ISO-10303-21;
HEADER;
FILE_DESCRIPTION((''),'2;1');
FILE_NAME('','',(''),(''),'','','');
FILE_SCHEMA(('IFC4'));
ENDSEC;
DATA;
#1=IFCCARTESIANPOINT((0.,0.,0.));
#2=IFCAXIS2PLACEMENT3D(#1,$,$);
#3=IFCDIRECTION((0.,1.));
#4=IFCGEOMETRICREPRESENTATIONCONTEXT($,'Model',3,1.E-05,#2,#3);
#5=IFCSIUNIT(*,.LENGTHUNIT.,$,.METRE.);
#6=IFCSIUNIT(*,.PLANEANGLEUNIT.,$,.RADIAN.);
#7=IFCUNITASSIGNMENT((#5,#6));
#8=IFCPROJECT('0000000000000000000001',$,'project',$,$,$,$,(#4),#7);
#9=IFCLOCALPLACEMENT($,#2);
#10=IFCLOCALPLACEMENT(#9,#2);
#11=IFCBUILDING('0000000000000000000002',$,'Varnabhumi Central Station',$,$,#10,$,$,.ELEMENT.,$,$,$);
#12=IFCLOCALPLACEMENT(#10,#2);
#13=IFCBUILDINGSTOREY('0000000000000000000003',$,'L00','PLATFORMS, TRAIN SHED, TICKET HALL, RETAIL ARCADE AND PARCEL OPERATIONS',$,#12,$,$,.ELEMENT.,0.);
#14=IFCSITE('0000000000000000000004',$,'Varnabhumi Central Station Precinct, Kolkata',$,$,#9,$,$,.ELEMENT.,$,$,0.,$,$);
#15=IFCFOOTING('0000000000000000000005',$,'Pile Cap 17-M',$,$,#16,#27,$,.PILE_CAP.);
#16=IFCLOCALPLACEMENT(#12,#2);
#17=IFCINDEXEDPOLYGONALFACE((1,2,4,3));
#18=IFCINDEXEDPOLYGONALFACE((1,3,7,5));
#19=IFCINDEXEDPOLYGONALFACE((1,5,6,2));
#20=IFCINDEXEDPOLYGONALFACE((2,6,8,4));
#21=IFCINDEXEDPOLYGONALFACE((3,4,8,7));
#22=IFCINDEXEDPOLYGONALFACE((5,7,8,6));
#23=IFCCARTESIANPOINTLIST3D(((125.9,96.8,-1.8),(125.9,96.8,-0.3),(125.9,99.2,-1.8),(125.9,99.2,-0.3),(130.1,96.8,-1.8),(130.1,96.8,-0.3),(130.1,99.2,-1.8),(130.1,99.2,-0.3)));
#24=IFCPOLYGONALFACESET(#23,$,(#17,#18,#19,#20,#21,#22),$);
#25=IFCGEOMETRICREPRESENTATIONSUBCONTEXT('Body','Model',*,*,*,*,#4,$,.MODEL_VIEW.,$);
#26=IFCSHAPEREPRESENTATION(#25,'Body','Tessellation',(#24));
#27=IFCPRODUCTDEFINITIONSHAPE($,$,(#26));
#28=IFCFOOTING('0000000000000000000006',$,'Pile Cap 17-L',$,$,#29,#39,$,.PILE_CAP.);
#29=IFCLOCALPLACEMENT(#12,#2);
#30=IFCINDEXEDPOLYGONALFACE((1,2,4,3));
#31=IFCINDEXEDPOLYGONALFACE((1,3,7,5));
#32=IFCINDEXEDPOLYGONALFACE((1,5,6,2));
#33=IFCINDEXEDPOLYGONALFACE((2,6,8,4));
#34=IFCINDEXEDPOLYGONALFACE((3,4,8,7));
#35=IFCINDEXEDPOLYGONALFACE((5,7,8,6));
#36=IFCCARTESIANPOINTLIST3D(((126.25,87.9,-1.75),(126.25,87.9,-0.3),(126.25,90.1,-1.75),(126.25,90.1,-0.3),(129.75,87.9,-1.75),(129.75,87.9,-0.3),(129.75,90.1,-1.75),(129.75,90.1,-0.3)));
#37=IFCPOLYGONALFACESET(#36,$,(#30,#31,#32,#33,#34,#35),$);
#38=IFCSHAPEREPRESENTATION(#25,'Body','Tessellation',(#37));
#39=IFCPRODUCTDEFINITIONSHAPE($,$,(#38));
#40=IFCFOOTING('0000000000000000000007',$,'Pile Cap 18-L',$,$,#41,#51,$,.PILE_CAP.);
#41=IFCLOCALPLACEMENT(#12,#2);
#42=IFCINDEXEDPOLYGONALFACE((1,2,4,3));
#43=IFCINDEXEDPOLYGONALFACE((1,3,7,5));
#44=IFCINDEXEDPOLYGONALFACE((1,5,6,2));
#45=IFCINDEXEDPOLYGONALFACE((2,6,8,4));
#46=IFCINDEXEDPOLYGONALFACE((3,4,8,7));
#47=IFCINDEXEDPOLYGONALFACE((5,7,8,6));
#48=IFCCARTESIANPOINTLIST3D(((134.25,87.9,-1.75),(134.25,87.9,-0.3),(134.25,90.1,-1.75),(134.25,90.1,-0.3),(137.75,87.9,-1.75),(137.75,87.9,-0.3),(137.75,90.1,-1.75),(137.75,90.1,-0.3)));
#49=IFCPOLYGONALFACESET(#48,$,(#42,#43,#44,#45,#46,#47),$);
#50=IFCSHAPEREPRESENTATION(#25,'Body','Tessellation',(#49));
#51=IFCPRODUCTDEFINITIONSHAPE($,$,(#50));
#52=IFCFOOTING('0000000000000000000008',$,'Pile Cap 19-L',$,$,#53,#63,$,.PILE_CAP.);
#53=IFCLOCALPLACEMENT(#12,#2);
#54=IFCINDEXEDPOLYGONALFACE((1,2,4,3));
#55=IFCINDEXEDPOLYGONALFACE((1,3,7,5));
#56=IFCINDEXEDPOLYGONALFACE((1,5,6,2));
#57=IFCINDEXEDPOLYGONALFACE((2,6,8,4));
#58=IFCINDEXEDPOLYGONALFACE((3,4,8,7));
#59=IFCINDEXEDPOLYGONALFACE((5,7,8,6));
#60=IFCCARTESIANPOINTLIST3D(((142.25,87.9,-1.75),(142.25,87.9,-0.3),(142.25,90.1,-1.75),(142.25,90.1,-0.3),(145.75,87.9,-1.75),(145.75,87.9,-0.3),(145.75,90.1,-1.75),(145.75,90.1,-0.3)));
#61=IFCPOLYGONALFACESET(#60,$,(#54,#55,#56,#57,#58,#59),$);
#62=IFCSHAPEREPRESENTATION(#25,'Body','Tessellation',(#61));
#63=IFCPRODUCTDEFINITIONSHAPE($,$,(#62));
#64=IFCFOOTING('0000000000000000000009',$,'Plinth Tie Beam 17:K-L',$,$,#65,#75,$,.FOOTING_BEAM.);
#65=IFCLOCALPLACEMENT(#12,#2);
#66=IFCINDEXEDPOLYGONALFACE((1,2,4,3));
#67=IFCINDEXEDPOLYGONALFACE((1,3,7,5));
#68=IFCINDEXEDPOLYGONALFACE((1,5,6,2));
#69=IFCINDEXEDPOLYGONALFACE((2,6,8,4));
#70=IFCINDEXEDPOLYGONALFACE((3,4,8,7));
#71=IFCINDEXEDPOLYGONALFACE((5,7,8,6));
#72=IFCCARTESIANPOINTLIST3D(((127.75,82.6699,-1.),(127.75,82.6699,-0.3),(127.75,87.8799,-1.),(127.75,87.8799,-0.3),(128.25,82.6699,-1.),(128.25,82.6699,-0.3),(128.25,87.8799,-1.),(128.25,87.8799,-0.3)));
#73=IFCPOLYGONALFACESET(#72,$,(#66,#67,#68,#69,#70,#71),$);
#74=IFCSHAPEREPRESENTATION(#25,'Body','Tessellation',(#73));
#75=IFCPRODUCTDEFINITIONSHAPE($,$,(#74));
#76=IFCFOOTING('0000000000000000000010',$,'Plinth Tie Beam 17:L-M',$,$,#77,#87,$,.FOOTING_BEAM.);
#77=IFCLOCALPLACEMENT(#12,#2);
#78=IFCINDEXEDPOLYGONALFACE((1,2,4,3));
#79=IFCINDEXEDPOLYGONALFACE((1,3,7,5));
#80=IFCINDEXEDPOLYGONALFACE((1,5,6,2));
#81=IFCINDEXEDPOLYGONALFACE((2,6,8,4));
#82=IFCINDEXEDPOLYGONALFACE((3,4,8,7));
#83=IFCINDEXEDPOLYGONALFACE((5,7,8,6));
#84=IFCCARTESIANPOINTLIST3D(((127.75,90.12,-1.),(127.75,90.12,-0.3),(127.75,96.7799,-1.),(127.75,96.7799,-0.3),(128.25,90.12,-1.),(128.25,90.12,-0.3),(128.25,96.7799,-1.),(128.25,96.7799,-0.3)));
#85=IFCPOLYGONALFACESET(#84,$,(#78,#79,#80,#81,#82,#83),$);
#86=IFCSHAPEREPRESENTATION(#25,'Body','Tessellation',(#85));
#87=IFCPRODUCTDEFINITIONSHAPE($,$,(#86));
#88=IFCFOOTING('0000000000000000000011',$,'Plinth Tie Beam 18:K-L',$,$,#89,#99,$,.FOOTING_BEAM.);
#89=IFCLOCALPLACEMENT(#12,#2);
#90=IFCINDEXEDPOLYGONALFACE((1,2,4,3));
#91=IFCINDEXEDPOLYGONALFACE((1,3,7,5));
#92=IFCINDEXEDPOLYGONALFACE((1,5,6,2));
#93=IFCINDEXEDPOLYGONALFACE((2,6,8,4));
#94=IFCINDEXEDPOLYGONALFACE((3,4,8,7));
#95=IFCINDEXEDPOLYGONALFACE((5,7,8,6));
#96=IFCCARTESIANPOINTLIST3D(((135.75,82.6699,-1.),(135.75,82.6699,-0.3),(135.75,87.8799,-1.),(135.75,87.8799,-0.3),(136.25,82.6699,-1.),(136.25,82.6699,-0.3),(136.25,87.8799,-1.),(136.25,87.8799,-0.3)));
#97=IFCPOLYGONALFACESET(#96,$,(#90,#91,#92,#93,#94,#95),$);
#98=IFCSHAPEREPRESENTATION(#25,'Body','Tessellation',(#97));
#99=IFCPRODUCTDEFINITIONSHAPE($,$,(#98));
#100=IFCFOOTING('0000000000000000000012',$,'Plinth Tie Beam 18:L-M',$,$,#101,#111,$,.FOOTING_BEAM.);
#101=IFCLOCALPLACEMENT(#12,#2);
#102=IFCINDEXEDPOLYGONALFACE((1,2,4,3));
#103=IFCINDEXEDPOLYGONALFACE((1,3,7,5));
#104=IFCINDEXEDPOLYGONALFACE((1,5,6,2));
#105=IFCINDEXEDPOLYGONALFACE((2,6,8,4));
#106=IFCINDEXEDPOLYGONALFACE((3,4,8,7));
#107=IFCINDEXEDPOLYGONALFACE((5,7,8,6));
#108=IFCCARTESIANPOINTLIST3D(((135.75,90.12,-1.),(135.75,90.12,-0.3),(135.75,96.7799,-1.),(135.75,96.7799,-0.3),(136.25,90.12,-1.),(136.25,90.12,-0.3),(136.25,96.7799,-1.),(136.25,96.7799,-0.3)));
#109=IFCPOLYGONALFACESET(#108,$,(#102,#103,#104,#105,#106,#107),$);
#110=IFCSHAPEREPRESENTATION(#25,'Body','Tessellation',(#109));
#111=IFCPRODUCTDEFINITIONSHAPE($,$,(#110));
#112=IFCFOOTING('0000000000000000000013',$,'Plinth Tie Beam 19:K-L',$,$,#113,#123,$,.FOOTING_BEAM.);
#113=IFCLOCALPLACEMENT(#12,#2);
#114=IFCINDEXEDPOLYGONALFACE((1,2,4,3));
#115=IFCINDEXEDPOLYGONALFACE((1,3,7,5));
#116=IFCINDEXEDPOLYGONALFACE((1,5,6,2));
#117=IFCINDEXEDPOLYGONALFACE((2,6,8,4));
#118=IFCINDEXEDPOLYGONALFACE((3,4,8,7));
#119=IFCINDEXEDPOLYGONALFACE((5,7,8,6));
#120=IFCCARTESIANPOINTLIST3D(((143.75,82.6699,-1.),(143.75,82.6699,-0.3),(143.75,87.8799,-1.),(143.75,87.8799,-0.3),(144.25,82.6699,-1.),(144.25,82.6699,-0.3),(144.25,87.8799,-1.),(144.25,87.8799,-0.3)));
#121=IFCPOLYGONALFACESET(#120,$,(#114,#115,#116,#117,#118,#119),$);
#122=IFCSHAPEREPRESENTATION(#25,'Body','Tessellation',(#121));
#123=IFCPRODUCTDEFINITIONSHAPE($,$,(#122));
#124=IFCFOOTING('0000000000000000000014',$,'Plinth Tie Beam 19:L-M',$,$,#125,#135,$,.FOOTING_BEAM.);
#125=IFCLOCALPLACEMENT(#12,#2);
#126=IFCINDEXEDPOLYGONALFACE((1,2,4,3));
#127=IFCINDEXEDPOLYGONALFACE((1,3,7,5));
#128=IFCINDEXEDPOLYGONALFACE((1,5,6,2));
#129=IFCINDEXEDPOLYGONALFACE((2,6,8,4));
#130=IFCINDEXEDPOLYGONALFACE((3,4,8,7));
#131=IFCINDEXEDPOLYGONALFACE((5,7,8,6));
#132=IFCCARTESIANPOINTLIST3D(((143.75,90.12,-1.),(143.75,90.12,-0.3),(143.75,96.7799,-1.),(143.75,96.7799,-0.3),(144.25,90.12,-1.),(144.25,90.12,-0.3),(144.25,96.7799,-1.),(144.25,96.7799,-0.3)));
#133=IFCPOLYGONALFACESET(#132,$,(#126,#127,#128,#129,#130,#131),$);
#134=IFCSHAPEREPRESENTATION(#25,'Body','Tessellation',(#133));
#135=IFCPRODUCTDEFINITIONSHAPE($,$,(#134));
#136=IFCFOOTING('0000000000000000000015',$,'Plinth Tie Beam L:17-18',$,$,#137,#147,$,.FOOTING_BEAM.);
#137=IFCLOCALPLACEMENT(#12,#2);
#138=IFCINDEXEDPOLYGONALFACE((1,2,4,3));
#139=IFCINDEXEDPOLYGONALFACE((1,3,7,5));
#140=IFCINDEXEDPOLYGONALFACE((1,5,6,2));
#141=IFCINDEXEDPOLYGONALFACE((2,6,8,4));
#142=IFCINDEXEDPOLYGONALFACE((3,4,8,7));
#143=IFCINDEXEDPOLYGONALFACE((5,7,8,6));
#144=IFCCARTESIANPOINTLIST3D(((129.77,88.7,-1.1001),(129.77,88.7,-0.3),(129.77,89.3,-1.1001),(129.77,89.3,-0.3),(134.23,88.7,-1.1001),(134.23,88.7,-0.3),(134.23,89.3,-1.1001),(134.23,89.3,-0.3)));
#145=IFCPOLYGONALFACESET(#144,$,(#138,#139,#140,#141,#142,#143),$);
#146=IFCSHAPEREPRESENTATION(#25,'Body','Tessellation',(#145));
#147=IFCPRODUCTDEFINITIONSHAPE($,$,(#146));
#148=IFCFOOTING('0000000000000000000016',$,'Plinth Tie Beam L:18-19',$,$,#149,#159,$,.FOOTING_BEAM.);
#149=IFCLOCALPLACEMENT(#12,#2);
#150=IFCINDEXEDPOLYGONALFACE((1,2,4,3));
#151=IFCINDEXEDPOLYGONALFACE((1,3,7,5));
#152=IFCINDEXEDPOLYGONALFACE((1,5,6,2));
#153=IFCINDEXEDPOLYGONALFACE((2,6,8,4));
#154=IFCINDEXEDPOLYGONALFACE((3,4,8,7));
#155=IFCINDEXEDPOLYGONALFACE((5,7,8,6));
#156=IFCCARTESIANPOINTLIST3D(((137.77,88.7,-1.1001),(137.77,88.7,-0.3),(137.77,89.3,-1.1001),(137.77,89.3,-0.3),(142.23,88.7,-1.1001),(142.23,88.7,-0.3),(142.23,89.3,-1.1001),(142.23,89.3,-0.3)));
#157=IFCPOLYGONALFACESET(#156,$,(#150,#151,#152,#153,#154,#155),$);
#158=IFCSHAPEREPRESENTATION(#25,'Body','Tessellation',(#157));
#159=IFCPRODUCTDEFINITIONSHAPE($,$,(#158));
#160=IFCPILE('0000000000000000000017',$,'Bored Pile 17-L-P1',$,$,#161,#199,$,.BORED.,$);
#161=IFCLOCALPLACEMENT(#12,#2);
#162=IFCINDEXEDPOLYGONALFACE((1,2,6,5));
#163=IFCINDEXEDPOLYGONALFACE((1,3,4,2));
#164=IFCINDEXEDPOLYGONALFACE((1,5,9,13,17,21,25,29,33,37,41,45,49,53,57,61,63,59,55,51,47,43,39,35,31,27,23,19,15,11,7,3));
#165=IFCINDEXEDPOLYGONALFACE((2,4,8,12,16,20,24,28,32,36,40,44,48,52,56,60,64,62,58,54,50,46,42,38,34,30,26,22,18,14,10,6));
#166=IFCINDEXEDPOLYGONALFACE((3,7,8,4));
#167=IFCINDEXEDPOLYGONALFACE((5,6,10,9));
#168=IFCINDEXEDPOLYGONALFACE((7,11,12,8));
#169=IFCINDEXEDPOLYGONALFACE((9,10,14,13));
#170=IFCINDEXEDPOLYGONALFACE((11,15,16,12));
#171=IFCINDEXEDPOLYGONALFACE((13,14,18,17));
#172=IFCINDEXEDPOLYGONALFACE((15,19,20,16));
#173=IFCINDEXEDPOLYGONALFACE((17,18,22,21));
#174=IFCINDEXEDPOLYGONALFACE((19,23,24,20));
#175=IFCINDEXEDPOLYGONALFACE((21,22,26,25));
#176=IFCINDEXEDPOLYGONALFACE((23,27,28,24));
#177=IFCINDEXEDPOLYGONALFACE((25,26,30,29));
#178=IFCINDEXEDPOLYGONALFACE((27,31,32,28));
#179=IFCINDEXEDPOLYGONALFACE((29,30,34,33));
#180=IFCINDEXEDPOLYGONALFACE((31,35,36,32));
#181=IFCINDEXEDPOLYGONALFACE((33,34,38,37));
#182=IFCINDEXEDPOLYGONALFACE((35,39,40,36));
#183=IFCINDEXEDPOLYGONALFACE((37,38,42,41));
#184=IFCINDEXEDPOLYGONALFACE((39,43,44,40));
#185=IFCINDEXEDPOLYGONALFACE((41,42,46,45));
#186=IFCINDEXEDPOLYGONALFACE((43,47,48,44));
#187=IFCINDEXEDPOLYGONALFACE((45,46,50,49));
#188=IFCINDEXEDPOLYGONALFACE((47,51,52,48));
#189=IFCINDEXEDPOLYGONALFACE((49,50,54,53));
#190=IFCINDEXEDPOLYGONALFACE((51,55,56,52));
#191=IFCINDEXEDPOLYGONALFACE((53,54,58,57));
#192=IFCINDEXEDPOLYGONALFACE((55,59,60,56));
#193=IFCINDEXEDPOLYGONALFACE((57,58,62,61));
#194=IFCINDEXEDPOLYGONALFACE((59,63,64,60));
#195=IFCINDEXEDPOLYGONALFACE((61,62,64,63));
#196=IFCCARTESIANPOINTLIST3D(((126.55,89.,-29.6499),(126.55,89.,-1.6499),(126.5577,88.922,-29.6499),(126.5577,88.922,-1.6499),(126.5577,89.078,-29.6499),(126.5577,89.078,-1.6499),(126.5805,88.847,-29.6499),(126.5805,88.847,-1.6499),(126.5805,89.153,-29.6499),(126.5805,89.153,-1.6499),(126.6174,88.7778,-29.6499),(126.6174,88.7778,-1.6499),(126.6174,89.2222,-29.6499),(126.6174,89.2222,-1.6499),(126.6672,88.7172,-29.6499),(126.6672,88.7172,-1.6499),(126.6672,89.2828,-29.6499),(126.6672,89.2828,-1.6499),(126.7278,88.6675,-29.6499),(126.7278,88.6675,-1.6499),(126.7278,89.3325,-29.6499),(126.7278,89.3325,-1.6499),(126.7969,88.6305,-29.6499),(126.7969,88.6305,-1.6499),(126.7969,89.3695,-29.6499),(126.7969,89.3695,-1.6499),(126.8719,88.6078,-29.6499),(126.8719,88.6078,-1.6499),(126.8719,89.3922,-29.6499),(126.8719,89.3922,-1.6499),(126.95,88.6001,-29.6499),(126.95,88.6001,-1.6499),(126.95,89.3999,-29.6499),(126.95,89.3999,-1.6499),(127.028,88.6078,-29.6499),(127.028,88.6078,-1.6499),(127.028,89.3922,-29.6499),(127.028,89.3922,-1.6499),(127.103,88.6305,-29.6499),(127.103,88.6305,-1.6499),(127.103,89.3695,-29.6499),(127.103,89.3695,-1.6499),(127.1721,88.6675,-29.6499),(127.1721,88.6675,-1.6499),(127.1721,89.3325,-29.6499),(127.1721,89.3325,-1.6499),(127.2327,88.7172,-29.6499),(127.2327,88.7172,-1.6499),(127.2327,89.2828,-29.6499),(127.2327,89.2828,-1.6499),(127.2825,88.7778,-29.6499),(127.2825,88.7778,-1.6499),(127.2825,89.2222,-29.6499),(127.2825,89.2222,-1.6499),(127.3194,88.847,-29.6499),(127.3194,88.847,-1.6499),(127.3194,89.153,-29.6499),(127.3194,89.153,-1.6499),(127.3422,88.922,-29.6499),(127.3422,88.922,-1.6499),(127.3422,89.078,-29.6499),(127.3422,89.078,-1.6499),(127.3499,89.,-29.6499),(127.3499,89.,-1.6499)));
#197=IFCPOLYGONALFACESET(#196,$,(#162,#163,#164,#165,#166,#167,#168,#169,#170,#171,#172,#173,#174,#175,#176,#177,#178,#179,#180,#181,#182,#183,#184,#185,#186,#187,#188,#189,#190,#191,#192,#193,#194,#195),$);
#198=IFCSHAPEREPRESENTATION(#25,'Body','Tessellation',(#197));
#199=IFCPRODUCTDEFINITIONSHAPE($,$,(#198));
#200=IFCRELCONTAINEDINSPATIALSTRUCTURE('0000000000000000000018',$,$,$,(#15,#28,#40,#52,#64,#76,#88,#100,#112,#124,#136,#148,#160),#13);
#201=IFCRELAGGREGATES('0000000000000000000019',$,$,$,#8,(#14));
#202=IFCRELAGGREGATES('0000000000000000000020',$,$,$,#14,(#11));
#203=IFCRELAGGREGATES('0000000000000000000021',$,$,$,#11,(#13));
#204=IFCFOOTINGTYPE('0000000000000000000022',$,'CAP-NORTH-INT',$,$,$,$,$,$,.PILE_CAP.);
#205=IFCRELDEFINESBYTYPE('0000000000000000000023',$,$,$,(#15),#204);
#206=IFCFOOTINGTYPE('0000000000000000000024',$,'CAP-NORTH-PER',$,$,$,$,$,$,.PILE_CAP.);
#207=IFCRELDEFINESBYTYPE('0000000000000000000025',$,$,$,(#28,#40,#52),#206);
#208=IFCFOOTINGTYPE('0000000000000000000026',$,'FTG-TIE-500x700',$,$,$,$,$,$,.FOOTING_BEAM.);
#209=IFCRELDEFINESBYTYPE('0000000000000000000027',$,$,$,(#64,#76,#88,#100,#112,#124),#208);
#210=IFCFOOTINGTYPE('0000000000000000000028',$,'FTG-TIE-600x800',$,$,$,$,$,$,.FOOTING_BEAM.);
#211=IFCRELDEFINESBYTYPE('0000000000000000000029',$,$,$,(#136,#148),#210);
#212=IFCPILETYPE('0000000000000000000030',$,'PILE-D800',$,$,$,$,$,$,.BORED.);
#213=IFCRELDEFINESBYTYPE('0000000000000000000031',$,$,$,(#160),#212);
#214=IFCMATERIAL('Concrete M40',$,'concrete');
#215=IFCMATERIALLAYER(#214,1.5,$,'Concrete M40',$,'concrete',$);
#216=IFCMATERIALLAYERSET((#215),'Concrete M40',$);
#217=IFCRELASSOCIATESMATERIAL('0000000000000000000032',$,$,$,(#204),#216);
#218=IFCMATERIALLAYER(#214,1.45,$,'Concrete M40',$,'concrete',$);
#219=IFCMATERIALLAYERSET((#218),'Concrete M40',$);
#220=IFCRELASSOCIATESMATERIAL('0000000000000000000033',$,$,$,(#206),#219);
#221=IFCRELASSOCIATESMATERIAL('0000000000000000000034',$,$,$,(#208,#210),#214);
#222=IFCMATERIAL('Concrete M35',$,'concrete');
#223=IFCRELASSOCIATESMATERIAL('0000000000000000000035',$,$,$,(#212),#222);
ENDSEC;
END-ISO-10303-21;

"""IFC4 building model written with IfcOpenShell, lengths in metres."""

from ifc_helpers import new_model, si_unit, direction, frame, origin, origin_2d, place, context, subcontext, project, spatial, rectangle, circle, extrude, material, layer, layer_set, material_profile, profile_set, type_object, element, save


model = new_model("IFC4")

# Units and contexts
model_context = context("Model", 3, precision=1e-05, world=origin(), true_north=direction((0.0, 1.0)))
body_context = subcontext(model_context, "Body", "Model", "MODEL_VIEW")
ifc_project = project(units=[si_unit("LENGTHUNIT", "METRE"), si_unit("PLANEANGLEUNIT", "RADIAN")], contexts=[model_context])

# Site, building, storey
site_placement = place(None, origin())
site = spatial("IfcSite", under=ifc_project, at=site_placement, Name="Varnabhumi Central Station Precinct, Kolkata", CompositionType="ELEMENT", RefElevation=0.0)
building_placement = place(site_placement, origin())
building = spatial("IfcBuilding", under=site, at=building_placement, Name="Varnabhumi Central Station", CompositionType="ELEMENT")
storey_placement = place(building_placement, origin())
storey = spatial("IfcBuildingStorey", under=building, at=storey_placement, Name="L00", Description="PLATFORMS, TRAIN SHED, TICKET HALL, RETAIL ARCADE AND PARCEL OPERATIONS", CompositionType="ELEMENT", Elevation=0.0)

# Footings
ifc_material_1 = material(Name="Concrete M40", Category="concrete")
ifc_layer_1 = layer(ifc_material_1, 1.5, Name="Concrete M40", Category="concrete")
ifc_layer_set_1 = layer_set([ifc_layer_1], Name="Concrete M40")
footing_type_1 = type_object("IfcFootingType", Name="CAP-NORTH-INT", PredefinedType="PILE_CAP", material=ifc_layer_set_1)
footing_1_placement = place(storey_placement, frame((128.0, 98.0, -1.8), z_axis=(0.0, 0.0, 1.0), x_axis=(1.0, 0.0, 0.0)))
element("IfcFooting", 1, at=footing_1_placement, inside=storey, type_object=footing_type_1, Name="Pile Cap 17-M", PredefinedType="PILE_CAP", context=body_context, shape_type="SweptSolid", body=[
    extrude(rectangle(XDim=4.2, YDim=2.3999, at=origin_2d()), origin(), (0.0, 0.0, 1.0), 1.5),
])
ifc_layer_2 = layer(ifc_material_1, 1.45, Name="Concrete M40", Category="concrete")
ifc_layer_set_2 = layer_set([ifc_layer_2], Name="Concrete M40")
footing_type_2 = type_object("IfcFootingType", Name="CAP-NORTH-PER", PredefinedType="PILE_CAP", material=ifc_layer_set_2)
for number, where, z_axis, x_axis, name in (
    (2, (128.0, 89.0, -1.75), (0.0, 0.0, 1.0), (1.0, 0.0, 0.0), "Pile Cap 17-L"),
    (3, (136.0, 89.0, -1.75), (0.0, 0.0, 1.0), (1.0, 0.0, 0.0), "Pile Cap 18-L"),
    (4, (144.0, 89.0, -1.75), (0.0, 0.0, 1.0), (1.0, 0.0, 0.0), "Pile Cap 19-L"),
):
    element("IfcFooting", number, at=place(storey_placement, frame(where, z_axis=z_axis, x_axis=x_axis)), inside=storey, type_object=footing_type_2, Name=name, PredefinedType="PILE_CAP", context=body_context, shape_type="SweptSolid", body=[
        extrude(rectangle(XDim=3.5, YDim=2.2, at=origin_2d()), origin(), (0.0, 0.0, 1.0), 1.45),
    ])
footing_type_3 = type_object("IfcFootingType", Name="FTG-TIE-500x700", PredefinedType="FOOTING_BEAM", material=ifc_material_1)
footing_2_placement = place(storey_placement, frame((128.0, 85.2749, -1.0), z_axis=(0.0, 0.0, 1.0), x_axis=(1.0, 0.0, 0.0)))
element("IfcFooting", 5, at=footing_2_placement, inside=storey, type_object=footing_type_3, Name="Plinth Tie Beam 17:K-L", PredefinedType="FOOTING_BEAM", context=body_context, shape_type="SweptSolid", body=[
    extrude(rectangle(XDim=0.5, YDim=5.21, at=origin_2d()), origin(), (0.0, 0.0, 1.0), 0.7),
])
footing_3_placement = place(storey_placement, frame((128.0, 93.45, -1.0), z_axis=(0.0, 0.0, 1.0), x_axis=(1.0, 0.0, 0.0)))
element("IfcFooting", 6, at=footing_3_placement, inside=storey, type_object=footing_type_3, Name="Plinth Tie Beam 17:L-M", PredefinedType="FOOTING_BEAM", context=body_context, shape_type="SweptSolid", body=[
    extrude(rectangle(XDim=0.5, YDim=6.6599, at=origin_2d()), origin(), (0.0, 0.0, 1.0), 0.7),
])
footing_4_placement = place(storey_placement, frame((136.0, 85.2749, -1.0), z_axis=(0.0, 0.0, 1.0), x_axis=(1.0, 0.0, 0.0)))
element("IfcFooting", 7, at=footing_4_placement, inside=storey, type_object=footing_type_3, Name="Plinth Tie Beam 18:K-L", PredefinedType="FOOTING_BEAM", context=body_context, shape_type="SweptSolid", body=[
    extrude(rectangle(XDim=0.5, YDim=5.21, at=origin_2d()), origin(), (0.0, 0.0, 1.0), 0.7),
])
footing_5_placement = place(storey_placement, frame((136.0, 93.45, -1.0), z_axis=(0.0, 0.0, 1.0), x_axis=(1.0, 0.0, 0.0)))
element("IfcFooting", 8, at=footing_5_placement, inside=storey, type_object=footing_type_3, Name="Plinth Tie Beam 18:L-M", PredefinedType="FOOTING_BEAM", context=body_context, shape_type="SweptSolid", body=[
    extrude(rectangle(XDim=0.5, YDim=6.6599, at=origin_2d()), origin(), (0.0, 0.0, 1.0), 0.7),
])
footing_6_placement = place(storey_placement, frame((144.0, 85.2749, -1.0), z_axis=(0.0, 0.0, 1.0), x_axis=(1.0, 0.0, 0.0)))
element("IfcFooting", 9, at=footing_6_placement, inside=storey, type_object=footing_type_3, Name="Plinth Tie Beam 19:K-L", PredefinedType="FOOTING_BEAM", context=body_context, shape_type="SweptSolid", body=[
    extrude(rectangle(XDim=0.5, YDim=5.21, at=origin_2d()), origin(), (0.0, 0.0, 1.0), 0.7),
])
footing_7_placement = place(storey_placement, frame((144.0, 93.45, -1.0), z_axis=(0.0, 0.0, 1.0), x_axis=(1.0, 0.0, 0.0)))
element("IfcFooting", 10, at=footing_7_placement, inside=storey, type_object=footing_type_3, Name="Plinth Tie Beam 19:L-M", PredefinedType="FOOTING_BEAM", context=body_context, shape_type="SweptSolid", body=[
    extrude(rectangle(XDim=0.5, YDim=6.6599, at=origin_2d()), origin(), (0.0, 0.0, 1.0), 0.7),
])
footing_type_4 = type_object("IfcFootingType", Name="FTG-TIE-600x800", PredefinedType="FOOTING_BEAM", material=ifc_material_1)
for number, where, z_axis, x_axis, name in (
    (11, (132.0, 89.0, -1.1001), (0.0, 0.0, 1.0), (1.0, 0.0, 0.0), "Plinth Tie Beam L:17-18"),
    (12, (140.0, 89.0, -1.1001), (0.0, 0.0, 1.0), (1.0, 0.0, 0.0), "Plinth Tie Beam L:18-19"),
):
    element("IfcFooting", number, at=place(storey_placement, frame(where, z_axis=z_axis, x_axis=x_axis)), inside=storey, type_object=footing_type_4, Name=name, PredefinedType="FOOTING_BEAM", context=body_context, shape_type="SweptSolid", body=[
        extrude(rectangle(XDim=4.46, YDim=0.6001, at=origin_2d()), origin(), (0.0, 0.0, 1.0), 0.8),
    ])

# Pile
ifc_material_2 = material(Name="Concrete M35", Category="concrete")
ifc_material_profile_1 = material_profile(ifc_material_2, circle(Radius=0.3999, at=origin_2d()), Name="Concrete M35", Category="concrete")
ifc_profile_set_1 = profile_set([ifc_material_profile_1], Name="Concrete M35")
pile_type_1 = type_object("IfcPileType", Name="PILE-D800", PredefinedType="BORED", material=ifc_profile_set_1)
for number, where, z_axis, x_axis, name in (
    (13, (126.95, 89.0, -1.6499), (0.0, 0.0, -1.0), (1.0, 0.0, 0.0), "Bored Pile 17-L-P1"),
):
    element("IfcPile", number, at=place(storey_placement, frame(where, z_axis=z_axis, x_axis=x_axis)), inside=storey, type_object=pile_type_1, Name=name, PredefinedType="BORED", context=body_context, shape_type="SweptSolid", body=[
        extrude(circle(Radius=0.3999, at=origin_2d()), origin(), (0.0, 0.0, 1.0), 28.0),
    ])

save(model, "model.ifc")
